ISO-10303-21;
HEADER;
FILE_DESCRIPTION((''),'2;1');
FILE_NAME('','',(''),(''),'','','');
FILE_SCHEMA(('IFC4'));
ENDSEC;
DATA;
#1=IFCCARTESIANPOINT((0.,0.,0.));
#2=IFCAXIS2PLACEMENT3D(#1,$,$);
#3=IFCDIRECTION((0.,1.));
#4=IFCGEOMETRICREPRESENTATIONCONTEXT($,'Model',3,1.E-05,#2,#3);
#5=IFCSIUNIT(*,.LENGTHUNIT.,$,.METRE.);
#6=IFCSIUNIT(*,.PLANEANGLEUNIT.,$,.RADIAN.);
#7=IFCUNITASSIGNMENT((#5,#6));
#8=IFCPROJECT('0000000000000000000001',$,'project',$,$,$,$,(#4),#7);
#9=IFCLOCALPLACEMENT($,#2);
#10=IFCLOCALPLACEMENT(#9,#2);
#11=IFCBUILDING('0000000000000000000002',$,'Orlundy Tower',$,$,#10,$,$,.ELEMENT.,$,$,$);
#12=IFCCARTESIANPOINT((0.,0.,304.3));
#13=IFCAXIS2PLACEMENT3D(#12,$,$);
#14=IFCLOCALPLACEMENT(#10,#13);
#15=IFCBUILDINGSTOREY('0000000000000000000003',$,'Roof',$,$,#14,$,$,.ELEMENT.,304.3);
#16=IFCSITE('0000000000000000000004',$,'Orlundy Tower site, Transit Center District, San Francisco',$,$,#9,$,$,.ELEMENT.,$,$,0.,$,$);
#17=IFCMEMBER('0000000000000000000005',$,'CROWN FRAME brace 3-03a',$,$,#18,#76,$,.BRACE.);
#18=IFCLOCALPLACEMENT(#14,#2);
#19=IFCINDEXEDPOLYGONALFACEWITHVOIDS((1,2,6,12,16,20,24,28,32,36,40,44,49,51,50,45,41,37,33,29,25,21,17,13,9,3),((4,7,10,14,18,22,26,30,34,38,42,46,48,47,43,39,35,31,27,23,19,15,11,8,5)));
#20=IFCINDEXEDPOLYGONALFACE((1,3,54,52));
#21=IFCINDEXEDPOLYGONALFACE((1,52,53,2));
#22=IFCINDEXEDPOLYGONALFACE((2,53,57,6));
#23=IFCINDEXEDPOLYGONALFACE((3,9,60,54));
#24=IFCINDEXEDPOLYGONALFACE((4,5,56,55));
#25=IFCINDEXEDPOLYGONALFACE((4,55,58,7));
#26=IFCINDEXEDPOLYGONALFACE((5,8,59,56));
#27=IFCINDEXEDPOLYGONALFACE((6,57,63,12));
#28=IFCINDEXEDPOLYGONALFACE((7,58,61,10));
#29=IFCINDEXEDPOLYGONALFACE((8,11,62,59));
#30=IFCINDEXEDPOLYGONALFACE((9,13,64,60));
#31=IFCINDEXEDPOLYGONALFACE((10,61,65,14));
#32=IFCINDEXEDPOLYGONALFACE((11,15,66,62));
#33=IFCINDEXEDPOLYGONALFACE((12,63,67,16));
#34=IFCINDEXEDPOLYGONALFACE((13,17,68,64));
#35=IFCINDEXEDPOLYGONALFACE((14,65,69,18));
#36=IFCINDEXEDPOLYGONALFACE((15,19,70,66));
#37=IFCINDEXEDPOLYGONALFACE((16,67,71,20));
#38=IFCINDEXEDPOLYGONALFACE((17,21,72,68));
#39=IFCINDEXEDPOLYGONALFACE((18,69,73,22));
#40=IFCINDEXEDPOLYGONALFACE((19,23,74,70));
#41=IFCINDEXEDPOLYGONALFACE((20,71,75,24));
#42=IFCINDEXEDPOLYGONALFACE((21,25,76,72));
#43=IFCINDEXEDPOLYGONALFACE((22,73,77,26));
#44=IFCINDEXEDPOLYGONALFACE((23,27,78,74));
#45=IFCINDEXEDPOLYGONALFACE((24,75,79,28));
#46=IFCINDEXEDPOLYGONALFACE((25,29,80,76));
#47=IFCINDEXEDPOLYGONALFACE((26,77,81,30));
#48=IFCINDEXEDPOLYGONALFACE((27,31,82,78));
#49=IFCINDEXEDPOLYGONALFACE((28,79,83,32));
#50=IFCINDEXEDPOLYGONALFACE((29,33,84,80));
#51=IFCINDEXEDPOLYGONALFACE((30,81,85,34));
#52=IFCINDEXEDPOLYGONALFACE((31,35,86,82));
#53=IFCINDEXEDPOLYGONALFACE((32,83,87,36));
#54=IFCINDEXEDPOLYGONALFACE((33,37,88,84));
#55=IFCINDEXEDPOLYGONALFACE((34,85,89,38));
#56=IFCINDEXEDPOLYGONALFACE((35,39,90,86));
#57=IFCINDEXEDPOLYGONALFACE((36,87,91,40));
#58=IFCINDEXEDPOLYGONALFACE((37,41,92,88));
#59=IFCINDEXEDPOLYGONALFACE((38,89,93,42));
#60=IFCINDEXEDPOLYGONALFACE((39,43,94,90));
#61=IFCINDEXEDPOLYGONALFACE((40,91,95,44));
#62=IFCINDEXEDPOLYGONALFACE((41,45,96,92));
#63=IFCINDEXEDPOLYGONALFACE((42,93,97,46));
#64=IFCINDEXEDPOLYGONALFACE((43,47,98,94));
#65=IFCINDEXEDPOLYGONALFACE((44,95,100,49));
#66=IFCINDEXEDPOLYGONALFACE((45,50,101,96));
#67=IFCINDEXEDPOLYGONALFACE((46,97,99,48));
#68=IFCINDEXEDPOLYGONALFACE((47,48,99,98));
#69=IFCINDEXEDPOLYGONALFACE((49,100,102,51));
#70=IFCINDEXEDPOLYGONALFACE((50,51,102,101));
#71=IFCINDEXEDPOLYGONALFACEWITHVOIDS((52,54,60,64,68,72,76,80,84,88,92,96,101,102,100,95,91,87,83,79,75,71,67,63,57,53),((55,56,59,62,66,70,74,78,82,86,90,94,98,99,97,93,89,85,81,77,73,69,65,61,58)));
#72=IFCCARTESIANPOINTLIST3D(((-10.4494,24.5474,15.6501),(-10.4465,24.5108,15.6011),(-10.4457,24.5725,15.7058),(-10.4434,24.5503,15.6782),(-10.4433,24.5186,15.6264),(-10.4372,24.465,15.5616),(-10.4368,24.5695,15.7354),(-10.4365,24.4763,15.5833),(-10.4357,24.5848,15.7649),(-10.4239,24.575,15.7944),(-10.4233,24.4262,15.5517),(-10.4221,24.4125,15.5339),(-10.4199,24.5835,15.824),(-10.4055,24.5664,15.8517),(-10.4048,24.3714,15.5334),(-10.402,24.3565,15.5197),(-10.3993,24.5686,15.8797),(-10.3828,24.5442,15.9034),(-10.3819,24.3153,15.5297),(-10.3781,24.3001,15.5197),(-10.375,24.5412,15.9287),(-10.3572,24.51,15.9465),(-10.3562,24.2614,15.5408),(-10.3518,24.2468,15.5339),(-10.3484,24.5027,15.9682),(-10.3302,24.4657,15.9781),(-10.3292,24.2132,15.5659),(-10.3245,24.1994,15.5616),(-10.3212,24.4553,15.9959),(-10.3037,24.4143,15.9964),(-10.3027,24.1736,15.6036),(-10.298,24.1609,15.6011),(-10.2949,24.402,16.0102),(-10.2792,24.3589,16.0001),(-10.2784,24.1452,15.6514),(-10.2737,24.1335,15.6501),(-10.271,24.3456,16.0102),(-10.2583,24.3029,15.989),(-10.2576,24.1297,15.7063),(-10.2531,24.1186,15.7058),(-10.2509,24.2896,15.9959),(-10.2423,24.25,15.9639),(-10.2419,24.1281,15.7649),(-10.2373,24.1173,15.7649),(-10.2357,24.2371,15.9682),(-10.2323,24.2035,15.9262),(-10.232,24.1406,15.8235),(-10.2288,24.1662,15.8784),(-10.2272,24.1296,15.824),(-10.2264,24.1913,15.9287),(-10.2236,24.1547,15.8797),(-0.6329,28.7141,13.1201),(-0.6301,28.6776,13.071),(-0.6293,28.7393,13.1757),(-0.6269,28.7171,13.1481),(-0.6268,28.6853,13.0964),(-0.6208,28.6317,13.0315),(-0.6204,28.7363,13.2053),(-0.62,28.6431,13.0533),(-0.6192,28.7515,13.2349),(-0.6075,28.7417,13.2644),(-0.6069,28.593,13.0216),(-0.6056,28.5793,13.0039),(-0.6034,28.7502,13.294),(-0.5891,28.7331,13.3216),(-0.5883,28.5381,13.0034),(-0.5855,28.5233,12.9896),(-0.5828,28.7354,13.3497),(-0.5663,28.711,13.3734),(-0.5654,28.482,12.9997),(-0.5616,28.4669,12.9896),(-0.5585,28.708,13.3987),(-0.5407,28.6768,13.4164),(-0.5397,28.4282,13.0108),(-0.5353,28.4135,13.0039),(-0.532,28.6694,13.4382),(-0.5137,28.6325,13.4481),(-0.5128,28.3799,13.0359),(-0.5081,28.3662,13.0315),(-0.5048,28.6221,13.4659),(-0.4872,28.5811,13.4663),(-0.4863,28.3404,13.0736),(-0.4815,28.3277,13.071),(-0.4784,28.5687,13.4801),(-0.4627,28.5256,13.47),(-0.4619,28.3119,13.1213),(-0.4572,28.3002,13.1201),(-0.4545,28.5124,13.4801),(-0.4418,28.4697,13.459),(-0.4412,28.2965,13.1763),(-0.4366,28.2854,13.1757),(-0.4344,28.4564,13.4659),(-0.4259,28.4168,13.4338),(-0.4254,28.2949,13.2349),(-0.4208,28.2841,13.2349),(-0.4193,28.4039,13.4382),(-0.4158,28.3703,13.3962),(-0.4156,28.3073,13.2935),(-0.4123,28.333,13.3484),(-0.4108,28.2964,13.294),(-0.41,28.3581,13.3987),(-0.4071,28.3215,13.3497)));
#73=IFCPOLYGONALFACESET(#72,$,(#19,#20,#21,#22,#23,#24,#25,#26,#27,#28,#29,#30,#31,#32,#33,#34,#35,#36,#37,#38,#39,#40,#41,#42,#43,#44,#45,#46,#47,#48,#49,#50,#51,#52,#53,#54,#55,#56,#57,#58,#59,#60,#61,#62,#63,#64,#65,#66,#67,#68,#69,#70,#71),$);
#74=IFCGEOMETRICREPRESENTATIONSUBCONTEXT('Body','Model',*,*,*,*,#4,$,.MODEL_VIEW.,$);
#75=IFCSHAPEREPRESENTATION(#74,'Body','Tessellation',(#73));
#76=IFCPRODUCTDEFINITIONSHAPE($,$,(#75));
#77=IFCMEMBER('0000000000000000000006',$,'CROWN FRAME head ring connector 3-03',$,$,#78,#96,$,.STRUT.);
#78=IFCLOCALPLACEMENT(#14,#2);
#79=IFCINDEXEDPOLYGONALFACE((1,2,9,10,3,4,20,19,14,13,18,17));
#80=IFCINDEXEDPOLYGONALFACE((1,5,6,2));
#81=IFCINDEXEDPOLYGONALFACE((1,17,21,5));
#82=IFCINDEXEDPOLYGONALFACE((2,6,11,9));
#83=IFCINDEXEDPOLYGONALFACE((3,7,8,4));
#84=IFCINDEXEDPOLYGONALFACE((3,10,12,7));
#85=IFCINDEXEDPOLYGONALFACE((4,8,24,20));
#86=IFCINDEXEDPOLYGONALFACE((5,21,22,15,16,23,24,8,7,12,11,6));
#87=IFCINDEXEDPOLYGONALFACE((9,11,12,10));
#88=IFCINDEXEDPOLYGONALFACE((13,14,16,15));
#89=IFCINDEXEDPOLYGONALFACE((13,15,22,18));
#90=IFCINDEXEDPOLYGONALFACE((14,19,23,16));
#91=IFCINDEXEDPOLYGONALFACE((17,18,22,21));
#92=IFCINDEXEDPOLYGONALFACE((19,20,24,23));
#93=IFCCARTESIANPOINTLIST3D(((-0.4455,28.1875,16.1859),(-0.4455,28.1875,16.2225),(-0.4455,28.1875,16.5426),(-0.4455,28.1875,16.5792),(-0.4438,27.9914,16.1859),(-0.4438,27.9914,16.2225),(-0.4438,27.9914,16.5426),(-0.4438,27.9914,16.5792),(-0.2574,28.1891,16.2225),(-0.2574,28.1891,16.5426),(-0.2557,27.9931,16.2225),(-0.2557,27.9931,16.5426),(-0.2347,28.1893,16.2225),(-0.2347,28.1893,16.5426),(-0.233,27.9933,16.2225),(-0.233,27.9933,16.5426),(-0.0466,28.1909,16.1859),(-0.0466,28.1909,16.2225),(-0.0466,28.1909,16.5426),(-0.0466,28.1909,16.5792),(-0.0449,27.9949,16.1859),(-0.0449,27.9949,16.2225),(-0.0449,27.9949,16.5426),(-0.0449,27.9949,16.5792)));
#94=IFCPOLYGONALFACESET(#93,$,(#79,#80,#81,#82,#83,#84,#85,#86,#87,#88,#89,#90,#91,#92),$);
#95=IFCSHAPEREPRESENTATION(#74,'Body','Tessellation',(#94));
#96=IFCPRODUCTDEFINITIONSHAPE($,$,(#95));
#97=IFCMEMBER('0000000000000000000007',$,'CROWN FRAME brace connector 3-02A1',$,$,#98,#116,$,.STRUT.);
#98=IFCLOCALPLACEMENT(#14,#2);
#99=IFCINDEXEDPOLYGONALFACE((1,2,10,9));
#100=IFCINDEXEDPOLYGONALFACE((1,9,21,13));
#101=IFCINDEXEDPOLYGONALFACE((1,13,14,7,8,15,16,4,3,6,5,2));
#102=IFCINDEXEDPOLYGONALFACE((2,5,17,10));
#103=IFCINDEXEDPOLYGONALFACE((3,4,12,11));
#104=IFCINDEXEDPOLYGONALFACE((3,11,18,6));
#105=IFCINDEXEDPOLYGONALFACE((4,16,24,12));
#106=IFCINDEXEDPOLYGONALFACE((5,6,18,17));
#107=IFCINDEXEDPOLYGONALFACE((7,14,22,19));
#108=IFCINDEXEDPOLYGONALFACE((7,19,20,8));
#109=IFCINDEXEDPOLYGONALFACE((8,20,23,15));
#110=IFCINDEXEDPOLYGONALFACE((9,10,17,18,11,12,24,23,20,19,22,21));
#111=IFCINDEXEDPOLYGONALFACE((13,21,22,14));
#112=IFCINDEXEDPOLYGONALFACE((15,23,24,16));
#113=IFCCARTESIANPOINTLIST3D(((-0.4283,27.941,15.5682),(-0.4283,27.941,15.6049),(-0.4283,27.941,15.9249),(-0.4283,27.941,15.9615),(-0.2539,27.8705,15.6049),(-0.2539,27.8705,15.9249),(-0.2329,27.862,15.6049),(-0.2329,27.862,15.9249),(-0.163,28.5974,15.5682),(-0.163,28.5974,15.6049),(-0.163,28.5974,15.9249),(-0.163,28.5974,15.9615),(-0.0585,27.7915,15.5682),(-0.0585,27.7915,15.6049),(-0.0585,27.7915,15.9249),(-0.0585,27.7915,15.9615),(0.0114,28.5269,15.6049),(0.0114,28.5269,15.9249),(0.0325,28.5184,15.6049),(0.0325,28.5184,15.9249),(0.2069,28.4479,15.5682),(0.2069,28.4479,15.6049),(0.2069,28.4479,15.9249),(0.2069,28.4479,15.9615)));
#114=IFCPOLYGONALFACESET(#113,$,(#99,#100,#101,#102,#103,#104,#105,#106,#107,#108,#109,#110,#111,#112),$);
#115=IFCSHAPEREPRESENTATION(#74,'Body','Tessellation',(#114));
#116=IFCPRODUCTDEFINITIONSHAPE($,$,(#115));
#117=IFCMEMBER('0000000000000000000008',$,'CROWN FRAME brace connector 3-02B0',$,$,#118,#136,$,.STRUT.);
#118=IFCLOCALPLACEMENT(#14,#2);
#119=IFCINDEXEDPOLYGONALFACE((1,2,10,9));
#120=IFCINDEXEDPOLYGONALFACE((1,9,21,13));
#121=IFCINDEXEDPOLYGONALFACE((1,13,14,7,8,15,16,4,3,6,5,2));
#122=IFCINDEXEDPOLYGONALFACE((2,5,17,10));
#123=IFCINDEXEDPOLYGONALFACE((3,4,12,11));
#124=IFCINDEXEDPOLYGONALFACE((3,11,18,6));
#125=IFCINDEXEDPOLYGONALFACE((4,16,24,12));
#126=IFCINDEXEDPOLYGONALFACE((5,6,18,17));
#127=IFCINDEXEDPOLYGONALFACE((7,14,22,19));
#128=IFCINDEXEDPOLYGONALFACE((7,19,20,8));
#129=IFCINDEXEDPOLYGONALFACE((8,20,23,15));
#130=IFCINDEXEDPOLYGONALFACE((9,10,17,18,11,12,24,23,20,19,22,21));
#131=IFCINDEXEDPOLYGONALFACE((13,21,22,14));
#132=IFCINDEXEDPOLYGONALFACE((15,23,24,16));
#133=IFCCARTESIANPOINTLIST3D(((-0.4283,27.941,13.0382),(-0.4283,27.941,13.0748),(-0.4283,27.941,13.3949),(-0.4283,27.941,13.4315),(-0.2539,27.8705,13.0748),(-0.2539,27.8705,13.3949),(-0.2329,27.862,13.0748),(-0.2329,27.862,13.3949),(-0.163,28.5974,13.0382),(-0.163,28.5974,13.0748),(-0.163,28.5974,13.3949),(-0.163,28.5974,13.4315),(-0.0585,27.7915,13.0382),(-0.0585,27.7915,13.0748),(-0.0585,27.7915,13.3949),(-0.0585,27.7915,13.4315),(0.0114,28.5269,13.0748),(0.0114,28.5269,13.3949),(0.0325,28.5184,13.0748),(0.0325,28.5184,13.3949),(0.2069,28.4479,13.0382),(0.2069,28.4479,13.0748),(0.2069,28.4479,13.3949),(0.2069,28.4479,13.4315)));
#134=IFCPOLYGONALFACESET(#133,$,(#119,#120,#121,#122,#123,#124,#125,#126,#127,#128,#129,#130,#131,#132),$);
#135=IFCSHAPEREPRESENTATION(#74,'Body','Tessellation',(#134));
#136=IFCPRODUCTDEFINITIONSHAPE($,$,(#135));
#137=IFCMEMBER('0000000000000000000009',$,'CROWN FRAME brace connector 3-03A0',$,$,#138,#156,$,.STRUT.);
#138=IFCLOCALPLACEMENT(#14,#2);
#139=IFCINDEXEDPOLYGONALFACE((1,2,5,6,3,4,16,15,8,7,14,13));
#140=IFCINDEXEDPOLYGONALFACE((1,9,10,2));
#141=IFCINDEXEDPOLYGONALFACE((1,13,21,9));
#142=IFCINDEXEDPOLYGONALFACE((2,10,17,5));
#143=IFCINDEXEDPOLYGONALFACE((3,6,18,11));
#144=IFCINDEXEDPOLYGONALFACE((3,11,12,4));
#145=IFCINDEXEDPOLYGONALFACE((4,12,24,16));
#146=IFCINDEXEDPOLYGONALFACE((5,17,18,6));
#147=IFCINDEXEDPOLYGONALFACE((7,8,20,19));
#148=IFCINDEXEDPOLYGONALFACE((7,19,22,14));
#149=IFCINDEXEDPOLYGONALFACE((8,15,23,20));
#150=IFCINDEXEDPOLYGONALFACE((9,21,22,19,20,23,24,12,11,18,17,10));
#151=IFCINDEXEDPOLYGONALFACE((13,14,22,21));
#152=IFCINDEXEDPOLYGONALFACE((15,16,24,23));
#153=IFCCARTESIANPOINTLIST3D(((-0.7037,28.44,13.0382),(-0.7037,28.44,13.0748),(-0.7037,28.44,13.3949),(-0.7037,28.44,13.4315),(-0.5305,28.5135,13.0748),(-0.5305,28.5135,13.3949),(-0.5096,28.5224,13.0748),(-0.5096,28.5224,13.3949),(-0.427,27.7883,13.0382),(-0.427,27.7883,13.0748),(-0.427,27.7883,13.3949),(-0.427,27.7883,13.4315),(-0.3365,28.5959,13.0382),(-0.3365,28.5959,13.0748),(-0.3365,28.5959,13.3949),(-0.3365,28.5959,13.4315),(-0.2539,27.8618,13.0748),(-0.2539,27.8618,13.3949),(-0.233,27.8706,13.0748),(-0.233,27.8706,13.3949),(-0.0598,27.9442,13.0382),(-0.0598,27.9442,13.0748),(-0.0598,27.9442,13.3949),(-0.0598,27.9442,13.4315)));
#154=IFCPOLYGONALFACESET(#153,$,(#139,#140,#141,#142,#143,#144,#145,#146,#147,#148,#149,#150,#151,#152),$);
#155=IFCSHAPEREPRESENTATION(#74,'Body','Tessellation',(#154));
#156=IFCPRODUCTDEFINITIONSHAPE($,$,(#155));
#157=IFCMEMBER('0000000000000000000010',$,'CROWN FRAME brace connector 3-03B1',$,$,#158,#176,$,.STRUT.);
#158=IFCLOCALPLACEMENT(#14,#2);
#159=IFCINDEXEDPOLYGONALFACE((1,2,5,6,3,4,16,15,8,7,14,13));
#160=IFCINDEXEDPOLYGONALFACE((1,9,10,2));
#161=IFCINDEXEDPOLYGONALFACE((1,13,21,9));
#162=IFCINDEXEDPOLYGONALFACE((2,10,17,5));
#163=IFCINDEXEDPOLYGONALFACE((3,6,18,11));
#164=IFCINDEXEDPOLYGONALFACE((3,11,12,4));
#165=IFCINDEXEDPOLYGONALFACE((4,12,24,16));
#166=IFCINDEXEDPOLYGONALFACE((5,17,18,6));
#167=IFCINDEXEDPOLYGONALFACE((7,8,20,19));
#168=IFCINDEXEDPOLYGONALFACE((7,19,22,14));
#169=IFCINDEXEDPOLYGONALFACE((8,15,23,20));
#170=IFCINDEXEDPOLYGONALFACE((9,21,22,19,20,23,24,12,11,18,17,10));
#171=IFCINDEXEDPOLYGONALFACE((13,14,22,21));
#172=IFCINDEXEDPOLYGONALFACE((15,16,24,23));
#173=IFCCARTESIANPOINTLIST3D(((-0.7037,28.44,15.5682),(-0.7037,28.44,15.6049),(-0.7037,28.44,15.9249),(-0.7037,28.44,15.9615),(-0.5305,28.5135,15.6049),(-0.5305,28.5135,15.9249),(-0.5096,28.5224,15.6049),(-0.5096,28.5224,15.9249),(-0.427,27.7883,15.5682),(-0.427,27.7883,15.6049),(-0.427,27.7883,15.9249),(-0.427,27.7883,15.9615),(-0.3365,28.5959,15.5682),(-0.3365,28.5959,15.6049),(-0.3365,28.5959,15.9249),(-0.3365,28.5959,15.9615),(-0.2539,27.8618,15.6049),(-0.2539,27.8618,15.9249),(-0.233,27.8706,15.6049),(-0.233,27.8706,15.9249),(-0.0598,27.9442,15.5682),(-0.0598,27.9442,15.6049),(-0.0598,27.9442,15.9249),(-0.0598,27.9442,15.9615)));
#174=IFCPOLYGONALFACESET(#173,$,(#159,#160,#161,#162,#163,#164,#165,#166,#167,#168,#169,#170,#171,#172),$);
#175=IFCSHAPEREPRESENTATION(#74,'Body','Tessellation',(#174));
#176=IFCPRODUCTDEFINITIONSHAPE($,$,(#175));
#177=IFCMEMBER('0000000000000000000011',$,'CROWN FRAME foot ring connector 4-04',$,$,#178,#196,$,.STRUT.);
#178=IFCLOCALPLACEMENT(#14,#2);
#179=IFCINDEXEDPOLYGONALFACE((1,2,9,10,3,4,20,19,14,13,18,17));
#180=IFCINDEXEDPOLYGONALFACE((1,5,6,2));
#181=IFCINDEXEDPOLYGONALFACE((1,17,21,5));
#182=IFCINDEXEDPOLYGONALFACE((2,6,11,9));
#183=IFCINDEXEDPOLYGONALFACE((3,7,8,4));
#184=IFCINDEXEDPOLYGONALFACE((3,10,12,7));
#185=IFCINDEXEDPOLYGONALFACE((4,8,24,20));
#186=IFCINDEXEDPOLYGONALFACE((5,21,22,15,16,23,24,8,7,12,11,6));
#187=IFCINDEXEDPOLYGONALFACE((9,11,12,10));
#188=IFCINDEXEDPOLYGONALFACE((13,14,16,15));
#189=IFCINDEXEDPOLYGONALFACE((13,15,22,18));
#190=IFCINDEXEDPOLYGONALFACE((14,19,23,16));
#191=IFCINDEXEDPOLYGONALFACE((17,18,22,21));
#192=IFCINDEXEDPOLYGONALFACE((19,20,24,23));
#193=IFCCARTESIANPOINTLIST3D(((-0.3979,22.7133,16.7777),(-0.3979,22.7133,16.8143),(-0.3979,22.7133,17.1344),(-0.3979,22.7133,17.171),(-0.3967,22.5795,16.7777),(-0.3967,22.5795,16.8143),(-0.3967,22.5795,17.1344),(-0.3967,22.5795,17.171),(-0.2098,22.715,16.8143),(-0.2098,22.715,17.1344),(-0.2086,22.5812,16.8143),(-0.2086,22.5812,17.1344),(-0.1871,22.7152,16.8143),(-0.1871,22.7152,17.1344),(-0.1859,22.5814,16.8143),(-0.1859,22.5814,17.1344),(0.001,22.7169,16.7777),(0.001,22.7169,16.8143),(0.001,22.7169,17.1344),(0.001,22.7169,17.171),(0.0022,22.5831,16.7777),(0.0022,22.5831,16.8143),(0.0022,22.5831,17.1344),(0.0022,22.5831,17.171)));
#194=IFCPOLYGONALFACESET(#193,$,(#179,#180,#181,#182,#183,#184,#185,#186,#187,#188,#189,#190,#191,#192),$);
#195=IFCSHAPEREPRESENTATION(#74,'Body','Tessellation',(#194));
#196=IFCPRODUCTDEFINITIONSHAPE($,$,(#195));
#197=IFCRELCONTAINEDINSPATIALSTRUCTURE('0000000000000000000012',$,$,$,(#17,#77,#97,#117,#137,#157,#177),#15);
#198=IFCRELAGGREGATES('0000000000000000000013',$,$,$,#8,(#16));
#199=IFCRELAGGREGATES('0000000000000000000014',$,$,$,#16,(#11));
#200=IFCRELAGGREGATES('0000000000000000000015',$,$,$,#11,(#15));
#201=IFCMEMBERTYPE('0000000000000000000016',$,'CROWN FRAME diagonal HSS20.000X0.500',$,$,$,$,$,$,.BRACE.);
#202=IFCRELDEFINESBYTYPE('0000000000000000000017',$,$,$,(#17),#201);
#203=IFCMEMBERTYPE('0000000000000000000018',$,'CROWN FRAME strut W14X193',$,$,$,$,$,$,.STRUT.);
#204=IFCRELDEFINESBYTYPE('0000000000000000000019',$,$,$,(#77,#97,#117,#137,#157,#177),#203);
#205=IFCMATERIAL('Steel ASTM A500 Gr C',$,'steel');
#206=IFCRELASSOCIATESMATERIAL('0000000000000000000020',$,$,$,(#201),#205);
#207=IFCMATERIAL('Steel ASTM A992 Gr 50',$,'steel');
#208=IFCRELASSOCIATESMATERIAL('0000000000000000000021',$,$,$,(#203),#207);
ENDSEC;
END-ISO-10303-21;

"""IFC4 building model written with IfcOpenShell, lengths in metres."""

from ifc_helpers import new_model, si_unit, direction, frame, origin, origin_2d, place, context, subcontext, project, spatial, hollow_circle, i_section, extrude, material, material_profile, profile_set, type_object, element, save


model = new_model("IFC4")

# Units and contexts
model_context = context("Model", 3, precision=1e-05, world=origin(), true_north=direction((0.0, 1.0)))
body_context = subcontext(model_context, "Body", "Model", "MODEL_VIEW")
ifc_project = project(units=[si_unit("LENGTHUNIT", "METRE"), si_unit("PLANEANGLEUNIT", "RADIAN")], contexts=[model_context])

# Site, building, storey
site_placement = place(None, origin())
site = spatial("IfcSite", under=ifc_project, at=site_placement, Name="Orlundy Tower site, Transit Center District, San Francisco", CompositionType="ELEMENT", RefElevation=0.0)
building_placement = place(site_placement, origin())
building = spatial("IfcBuilding", under=site, at=building_placement, Name="Orlundy Tower", CompositionType="ELEMENT")
storey_placement = place(building_placement, frame((0.0, 0.0, 304.3)))
storey = spatial("IfcBuildingStorey", under=building, at=storey_placement, Name="Roof", CompositionType="ELEMENT", Elevation=304.3)

# Members
ifc_material_1 = material(Name="Steel ASTM A500 Gr C", Category="steel")
ifc_material_profile_1 = material_profile(ifc_material_1, hollow_circle(Radius=0.2539, WallThickness=0.0117, at=origin_2d()), Name="HSS20.000X0.500")
ifc_profile_set_1 = profile_set([ifc_material_profile_1], Name="Steel ASTM A500 Gr C")
member_type_1 = type_object("IfcMemberType", Name="CROWN FRAME diagonal HSS20.000X0.500", PredefinedType="BRACE", material=ifc_profile_set_1)
member_1_placement = place(storey_placement, frame((-0.52, 28.5178, 13.2349), z_axis=(-0.895646, -0.380173, 0.230839), x_axis=(0.390726, -0.920507, 0.0)))
element("IfcMember", 1, at=member_1_placement, inside=storey, type_object=member_type_1, Name="CROWN FRAME brace 3-03a", PredefinedType="BRACE", context=body_context, shape_type="SweptSolid", body=[
    extrude(hollow_circle(Radius=0.2539, WallThickness=0.0117, at=origin_2d()), origin(), (0.0, 0.0, 1.0), 10.9602),
])
ifc_material_2 = material(Name="Steel ASTM A992 Gr 50", Category="steel")
ifc_material_profile_2 = material_profile(ifc_material_2, i_section(OverallWidth=0.3989, OverallDepth=0.3933, WebThickness=0.0227, FlangeThickness=0.0366, at=origin_2d()), Name="W14X193")
ifc_profile_set_2 = profile_set([ifc_material_profile_2], Name="Steel ASTM A992 Gr 50")
member_type_2 = type_object("IfcMemberType", Name="CROWN FRAME strut W14X193", PredefinedType="STRUT", material=ifc_profile_set_2)
member_2_placement = place(storey_placement, frame((-0.2444, 27.9932, 16.3826), z_axis=(-0.008717, 0.999962, 0.0), x_axis=(-0.999962, -0.008717, 0.0)))
element("IfcMember", 2, at=member_2_placement, inside=storey, type_object=member_type_2, Name="CROWN FRAME head ring connector 3-03", PredefinedType="STRUT", context=body_context, shape_type="SweptSolid", body=[
    extrude(i_section(OverallWidth=0.3989, OverallDepth=0.3933, WebThickness=0.0227, FlangeThickness=0.0366, at=origin_2d()), origin(), (0.0, 0.0, 1.0), 0.196),
])
for number, where, z_axis, x_axis, name in (
    (3, (-0.2434, 27.8662, 15.7649), (0.374777, 0.927115, 0.0), (-0.927115, 0.374777, 0.0), "CROWN FRAME brace connector 3-02A1"),
    (4, (-0.2434, 27.8662, 13.2349), (0.374777, 0.927115, 0.0), (-0.927115, 0.374777, 0.0), "CROWN FRAME brace connector 3-02B0"),
    (5, (-0.2434, 27.8662, 13.2349), (-0.390754, 0.920495, 0.0), (-0.920495, -0.390754, 0.0), "CROWN FRAME brace connector 3-03A0"),
    (6, (-0.2434, 27.8662, 15.7649), (-0.390754, 0.920495, 0.0), (-0.920495, -0.390754, 0.0), "CROWN FRAME brace connector 3-03B1"),
):
    element("IfcMember", number, at=place(storey_placement, frame(where, z_axis=z_axis, x_axis=x_axis)), inside=storey, type_object=member_type_2, Name=name, PredefinedType="STRUT", context=body_context, shape_type="SweptSolid", body=[
        extrude(i_section(OverallWidth=0.3989, OverallDepth=0.3933, WebThickness=0.0227, FlangeThickness=0.0366, at=origin_2d()), origin(), (0.0, 0.0, 1.0), 0.708),
    ])
for number, where, z_axis, x_axis, name in (
    (7, (-0.1973, 22.5813, 16.9744), (-0.009124, 0.999958, 0.0), (-0.999958, -0.009124, 0.0), "CROWN FRAME foot ring connector 4-04"),
):
    element("IfcMember", number, at=place(storey_placement, frame(where, z_axis=z_axis, x_axis=x_axis)), inside=storey, type_object=member_type_2, Name=name, PredefinedType="STRUT", context=body_context, shape_type="SweptSolid", body=[
        extrude(i_section(OverallWidth=0.3989, OverallDepth=0.3933, WebThickness=0.0227, FlangeThickness=0.0366, at=origin_2d()), origin(), (0.0, 0.0, 1.0), 0.1338),
    ])

save(model, "model.ifc")
